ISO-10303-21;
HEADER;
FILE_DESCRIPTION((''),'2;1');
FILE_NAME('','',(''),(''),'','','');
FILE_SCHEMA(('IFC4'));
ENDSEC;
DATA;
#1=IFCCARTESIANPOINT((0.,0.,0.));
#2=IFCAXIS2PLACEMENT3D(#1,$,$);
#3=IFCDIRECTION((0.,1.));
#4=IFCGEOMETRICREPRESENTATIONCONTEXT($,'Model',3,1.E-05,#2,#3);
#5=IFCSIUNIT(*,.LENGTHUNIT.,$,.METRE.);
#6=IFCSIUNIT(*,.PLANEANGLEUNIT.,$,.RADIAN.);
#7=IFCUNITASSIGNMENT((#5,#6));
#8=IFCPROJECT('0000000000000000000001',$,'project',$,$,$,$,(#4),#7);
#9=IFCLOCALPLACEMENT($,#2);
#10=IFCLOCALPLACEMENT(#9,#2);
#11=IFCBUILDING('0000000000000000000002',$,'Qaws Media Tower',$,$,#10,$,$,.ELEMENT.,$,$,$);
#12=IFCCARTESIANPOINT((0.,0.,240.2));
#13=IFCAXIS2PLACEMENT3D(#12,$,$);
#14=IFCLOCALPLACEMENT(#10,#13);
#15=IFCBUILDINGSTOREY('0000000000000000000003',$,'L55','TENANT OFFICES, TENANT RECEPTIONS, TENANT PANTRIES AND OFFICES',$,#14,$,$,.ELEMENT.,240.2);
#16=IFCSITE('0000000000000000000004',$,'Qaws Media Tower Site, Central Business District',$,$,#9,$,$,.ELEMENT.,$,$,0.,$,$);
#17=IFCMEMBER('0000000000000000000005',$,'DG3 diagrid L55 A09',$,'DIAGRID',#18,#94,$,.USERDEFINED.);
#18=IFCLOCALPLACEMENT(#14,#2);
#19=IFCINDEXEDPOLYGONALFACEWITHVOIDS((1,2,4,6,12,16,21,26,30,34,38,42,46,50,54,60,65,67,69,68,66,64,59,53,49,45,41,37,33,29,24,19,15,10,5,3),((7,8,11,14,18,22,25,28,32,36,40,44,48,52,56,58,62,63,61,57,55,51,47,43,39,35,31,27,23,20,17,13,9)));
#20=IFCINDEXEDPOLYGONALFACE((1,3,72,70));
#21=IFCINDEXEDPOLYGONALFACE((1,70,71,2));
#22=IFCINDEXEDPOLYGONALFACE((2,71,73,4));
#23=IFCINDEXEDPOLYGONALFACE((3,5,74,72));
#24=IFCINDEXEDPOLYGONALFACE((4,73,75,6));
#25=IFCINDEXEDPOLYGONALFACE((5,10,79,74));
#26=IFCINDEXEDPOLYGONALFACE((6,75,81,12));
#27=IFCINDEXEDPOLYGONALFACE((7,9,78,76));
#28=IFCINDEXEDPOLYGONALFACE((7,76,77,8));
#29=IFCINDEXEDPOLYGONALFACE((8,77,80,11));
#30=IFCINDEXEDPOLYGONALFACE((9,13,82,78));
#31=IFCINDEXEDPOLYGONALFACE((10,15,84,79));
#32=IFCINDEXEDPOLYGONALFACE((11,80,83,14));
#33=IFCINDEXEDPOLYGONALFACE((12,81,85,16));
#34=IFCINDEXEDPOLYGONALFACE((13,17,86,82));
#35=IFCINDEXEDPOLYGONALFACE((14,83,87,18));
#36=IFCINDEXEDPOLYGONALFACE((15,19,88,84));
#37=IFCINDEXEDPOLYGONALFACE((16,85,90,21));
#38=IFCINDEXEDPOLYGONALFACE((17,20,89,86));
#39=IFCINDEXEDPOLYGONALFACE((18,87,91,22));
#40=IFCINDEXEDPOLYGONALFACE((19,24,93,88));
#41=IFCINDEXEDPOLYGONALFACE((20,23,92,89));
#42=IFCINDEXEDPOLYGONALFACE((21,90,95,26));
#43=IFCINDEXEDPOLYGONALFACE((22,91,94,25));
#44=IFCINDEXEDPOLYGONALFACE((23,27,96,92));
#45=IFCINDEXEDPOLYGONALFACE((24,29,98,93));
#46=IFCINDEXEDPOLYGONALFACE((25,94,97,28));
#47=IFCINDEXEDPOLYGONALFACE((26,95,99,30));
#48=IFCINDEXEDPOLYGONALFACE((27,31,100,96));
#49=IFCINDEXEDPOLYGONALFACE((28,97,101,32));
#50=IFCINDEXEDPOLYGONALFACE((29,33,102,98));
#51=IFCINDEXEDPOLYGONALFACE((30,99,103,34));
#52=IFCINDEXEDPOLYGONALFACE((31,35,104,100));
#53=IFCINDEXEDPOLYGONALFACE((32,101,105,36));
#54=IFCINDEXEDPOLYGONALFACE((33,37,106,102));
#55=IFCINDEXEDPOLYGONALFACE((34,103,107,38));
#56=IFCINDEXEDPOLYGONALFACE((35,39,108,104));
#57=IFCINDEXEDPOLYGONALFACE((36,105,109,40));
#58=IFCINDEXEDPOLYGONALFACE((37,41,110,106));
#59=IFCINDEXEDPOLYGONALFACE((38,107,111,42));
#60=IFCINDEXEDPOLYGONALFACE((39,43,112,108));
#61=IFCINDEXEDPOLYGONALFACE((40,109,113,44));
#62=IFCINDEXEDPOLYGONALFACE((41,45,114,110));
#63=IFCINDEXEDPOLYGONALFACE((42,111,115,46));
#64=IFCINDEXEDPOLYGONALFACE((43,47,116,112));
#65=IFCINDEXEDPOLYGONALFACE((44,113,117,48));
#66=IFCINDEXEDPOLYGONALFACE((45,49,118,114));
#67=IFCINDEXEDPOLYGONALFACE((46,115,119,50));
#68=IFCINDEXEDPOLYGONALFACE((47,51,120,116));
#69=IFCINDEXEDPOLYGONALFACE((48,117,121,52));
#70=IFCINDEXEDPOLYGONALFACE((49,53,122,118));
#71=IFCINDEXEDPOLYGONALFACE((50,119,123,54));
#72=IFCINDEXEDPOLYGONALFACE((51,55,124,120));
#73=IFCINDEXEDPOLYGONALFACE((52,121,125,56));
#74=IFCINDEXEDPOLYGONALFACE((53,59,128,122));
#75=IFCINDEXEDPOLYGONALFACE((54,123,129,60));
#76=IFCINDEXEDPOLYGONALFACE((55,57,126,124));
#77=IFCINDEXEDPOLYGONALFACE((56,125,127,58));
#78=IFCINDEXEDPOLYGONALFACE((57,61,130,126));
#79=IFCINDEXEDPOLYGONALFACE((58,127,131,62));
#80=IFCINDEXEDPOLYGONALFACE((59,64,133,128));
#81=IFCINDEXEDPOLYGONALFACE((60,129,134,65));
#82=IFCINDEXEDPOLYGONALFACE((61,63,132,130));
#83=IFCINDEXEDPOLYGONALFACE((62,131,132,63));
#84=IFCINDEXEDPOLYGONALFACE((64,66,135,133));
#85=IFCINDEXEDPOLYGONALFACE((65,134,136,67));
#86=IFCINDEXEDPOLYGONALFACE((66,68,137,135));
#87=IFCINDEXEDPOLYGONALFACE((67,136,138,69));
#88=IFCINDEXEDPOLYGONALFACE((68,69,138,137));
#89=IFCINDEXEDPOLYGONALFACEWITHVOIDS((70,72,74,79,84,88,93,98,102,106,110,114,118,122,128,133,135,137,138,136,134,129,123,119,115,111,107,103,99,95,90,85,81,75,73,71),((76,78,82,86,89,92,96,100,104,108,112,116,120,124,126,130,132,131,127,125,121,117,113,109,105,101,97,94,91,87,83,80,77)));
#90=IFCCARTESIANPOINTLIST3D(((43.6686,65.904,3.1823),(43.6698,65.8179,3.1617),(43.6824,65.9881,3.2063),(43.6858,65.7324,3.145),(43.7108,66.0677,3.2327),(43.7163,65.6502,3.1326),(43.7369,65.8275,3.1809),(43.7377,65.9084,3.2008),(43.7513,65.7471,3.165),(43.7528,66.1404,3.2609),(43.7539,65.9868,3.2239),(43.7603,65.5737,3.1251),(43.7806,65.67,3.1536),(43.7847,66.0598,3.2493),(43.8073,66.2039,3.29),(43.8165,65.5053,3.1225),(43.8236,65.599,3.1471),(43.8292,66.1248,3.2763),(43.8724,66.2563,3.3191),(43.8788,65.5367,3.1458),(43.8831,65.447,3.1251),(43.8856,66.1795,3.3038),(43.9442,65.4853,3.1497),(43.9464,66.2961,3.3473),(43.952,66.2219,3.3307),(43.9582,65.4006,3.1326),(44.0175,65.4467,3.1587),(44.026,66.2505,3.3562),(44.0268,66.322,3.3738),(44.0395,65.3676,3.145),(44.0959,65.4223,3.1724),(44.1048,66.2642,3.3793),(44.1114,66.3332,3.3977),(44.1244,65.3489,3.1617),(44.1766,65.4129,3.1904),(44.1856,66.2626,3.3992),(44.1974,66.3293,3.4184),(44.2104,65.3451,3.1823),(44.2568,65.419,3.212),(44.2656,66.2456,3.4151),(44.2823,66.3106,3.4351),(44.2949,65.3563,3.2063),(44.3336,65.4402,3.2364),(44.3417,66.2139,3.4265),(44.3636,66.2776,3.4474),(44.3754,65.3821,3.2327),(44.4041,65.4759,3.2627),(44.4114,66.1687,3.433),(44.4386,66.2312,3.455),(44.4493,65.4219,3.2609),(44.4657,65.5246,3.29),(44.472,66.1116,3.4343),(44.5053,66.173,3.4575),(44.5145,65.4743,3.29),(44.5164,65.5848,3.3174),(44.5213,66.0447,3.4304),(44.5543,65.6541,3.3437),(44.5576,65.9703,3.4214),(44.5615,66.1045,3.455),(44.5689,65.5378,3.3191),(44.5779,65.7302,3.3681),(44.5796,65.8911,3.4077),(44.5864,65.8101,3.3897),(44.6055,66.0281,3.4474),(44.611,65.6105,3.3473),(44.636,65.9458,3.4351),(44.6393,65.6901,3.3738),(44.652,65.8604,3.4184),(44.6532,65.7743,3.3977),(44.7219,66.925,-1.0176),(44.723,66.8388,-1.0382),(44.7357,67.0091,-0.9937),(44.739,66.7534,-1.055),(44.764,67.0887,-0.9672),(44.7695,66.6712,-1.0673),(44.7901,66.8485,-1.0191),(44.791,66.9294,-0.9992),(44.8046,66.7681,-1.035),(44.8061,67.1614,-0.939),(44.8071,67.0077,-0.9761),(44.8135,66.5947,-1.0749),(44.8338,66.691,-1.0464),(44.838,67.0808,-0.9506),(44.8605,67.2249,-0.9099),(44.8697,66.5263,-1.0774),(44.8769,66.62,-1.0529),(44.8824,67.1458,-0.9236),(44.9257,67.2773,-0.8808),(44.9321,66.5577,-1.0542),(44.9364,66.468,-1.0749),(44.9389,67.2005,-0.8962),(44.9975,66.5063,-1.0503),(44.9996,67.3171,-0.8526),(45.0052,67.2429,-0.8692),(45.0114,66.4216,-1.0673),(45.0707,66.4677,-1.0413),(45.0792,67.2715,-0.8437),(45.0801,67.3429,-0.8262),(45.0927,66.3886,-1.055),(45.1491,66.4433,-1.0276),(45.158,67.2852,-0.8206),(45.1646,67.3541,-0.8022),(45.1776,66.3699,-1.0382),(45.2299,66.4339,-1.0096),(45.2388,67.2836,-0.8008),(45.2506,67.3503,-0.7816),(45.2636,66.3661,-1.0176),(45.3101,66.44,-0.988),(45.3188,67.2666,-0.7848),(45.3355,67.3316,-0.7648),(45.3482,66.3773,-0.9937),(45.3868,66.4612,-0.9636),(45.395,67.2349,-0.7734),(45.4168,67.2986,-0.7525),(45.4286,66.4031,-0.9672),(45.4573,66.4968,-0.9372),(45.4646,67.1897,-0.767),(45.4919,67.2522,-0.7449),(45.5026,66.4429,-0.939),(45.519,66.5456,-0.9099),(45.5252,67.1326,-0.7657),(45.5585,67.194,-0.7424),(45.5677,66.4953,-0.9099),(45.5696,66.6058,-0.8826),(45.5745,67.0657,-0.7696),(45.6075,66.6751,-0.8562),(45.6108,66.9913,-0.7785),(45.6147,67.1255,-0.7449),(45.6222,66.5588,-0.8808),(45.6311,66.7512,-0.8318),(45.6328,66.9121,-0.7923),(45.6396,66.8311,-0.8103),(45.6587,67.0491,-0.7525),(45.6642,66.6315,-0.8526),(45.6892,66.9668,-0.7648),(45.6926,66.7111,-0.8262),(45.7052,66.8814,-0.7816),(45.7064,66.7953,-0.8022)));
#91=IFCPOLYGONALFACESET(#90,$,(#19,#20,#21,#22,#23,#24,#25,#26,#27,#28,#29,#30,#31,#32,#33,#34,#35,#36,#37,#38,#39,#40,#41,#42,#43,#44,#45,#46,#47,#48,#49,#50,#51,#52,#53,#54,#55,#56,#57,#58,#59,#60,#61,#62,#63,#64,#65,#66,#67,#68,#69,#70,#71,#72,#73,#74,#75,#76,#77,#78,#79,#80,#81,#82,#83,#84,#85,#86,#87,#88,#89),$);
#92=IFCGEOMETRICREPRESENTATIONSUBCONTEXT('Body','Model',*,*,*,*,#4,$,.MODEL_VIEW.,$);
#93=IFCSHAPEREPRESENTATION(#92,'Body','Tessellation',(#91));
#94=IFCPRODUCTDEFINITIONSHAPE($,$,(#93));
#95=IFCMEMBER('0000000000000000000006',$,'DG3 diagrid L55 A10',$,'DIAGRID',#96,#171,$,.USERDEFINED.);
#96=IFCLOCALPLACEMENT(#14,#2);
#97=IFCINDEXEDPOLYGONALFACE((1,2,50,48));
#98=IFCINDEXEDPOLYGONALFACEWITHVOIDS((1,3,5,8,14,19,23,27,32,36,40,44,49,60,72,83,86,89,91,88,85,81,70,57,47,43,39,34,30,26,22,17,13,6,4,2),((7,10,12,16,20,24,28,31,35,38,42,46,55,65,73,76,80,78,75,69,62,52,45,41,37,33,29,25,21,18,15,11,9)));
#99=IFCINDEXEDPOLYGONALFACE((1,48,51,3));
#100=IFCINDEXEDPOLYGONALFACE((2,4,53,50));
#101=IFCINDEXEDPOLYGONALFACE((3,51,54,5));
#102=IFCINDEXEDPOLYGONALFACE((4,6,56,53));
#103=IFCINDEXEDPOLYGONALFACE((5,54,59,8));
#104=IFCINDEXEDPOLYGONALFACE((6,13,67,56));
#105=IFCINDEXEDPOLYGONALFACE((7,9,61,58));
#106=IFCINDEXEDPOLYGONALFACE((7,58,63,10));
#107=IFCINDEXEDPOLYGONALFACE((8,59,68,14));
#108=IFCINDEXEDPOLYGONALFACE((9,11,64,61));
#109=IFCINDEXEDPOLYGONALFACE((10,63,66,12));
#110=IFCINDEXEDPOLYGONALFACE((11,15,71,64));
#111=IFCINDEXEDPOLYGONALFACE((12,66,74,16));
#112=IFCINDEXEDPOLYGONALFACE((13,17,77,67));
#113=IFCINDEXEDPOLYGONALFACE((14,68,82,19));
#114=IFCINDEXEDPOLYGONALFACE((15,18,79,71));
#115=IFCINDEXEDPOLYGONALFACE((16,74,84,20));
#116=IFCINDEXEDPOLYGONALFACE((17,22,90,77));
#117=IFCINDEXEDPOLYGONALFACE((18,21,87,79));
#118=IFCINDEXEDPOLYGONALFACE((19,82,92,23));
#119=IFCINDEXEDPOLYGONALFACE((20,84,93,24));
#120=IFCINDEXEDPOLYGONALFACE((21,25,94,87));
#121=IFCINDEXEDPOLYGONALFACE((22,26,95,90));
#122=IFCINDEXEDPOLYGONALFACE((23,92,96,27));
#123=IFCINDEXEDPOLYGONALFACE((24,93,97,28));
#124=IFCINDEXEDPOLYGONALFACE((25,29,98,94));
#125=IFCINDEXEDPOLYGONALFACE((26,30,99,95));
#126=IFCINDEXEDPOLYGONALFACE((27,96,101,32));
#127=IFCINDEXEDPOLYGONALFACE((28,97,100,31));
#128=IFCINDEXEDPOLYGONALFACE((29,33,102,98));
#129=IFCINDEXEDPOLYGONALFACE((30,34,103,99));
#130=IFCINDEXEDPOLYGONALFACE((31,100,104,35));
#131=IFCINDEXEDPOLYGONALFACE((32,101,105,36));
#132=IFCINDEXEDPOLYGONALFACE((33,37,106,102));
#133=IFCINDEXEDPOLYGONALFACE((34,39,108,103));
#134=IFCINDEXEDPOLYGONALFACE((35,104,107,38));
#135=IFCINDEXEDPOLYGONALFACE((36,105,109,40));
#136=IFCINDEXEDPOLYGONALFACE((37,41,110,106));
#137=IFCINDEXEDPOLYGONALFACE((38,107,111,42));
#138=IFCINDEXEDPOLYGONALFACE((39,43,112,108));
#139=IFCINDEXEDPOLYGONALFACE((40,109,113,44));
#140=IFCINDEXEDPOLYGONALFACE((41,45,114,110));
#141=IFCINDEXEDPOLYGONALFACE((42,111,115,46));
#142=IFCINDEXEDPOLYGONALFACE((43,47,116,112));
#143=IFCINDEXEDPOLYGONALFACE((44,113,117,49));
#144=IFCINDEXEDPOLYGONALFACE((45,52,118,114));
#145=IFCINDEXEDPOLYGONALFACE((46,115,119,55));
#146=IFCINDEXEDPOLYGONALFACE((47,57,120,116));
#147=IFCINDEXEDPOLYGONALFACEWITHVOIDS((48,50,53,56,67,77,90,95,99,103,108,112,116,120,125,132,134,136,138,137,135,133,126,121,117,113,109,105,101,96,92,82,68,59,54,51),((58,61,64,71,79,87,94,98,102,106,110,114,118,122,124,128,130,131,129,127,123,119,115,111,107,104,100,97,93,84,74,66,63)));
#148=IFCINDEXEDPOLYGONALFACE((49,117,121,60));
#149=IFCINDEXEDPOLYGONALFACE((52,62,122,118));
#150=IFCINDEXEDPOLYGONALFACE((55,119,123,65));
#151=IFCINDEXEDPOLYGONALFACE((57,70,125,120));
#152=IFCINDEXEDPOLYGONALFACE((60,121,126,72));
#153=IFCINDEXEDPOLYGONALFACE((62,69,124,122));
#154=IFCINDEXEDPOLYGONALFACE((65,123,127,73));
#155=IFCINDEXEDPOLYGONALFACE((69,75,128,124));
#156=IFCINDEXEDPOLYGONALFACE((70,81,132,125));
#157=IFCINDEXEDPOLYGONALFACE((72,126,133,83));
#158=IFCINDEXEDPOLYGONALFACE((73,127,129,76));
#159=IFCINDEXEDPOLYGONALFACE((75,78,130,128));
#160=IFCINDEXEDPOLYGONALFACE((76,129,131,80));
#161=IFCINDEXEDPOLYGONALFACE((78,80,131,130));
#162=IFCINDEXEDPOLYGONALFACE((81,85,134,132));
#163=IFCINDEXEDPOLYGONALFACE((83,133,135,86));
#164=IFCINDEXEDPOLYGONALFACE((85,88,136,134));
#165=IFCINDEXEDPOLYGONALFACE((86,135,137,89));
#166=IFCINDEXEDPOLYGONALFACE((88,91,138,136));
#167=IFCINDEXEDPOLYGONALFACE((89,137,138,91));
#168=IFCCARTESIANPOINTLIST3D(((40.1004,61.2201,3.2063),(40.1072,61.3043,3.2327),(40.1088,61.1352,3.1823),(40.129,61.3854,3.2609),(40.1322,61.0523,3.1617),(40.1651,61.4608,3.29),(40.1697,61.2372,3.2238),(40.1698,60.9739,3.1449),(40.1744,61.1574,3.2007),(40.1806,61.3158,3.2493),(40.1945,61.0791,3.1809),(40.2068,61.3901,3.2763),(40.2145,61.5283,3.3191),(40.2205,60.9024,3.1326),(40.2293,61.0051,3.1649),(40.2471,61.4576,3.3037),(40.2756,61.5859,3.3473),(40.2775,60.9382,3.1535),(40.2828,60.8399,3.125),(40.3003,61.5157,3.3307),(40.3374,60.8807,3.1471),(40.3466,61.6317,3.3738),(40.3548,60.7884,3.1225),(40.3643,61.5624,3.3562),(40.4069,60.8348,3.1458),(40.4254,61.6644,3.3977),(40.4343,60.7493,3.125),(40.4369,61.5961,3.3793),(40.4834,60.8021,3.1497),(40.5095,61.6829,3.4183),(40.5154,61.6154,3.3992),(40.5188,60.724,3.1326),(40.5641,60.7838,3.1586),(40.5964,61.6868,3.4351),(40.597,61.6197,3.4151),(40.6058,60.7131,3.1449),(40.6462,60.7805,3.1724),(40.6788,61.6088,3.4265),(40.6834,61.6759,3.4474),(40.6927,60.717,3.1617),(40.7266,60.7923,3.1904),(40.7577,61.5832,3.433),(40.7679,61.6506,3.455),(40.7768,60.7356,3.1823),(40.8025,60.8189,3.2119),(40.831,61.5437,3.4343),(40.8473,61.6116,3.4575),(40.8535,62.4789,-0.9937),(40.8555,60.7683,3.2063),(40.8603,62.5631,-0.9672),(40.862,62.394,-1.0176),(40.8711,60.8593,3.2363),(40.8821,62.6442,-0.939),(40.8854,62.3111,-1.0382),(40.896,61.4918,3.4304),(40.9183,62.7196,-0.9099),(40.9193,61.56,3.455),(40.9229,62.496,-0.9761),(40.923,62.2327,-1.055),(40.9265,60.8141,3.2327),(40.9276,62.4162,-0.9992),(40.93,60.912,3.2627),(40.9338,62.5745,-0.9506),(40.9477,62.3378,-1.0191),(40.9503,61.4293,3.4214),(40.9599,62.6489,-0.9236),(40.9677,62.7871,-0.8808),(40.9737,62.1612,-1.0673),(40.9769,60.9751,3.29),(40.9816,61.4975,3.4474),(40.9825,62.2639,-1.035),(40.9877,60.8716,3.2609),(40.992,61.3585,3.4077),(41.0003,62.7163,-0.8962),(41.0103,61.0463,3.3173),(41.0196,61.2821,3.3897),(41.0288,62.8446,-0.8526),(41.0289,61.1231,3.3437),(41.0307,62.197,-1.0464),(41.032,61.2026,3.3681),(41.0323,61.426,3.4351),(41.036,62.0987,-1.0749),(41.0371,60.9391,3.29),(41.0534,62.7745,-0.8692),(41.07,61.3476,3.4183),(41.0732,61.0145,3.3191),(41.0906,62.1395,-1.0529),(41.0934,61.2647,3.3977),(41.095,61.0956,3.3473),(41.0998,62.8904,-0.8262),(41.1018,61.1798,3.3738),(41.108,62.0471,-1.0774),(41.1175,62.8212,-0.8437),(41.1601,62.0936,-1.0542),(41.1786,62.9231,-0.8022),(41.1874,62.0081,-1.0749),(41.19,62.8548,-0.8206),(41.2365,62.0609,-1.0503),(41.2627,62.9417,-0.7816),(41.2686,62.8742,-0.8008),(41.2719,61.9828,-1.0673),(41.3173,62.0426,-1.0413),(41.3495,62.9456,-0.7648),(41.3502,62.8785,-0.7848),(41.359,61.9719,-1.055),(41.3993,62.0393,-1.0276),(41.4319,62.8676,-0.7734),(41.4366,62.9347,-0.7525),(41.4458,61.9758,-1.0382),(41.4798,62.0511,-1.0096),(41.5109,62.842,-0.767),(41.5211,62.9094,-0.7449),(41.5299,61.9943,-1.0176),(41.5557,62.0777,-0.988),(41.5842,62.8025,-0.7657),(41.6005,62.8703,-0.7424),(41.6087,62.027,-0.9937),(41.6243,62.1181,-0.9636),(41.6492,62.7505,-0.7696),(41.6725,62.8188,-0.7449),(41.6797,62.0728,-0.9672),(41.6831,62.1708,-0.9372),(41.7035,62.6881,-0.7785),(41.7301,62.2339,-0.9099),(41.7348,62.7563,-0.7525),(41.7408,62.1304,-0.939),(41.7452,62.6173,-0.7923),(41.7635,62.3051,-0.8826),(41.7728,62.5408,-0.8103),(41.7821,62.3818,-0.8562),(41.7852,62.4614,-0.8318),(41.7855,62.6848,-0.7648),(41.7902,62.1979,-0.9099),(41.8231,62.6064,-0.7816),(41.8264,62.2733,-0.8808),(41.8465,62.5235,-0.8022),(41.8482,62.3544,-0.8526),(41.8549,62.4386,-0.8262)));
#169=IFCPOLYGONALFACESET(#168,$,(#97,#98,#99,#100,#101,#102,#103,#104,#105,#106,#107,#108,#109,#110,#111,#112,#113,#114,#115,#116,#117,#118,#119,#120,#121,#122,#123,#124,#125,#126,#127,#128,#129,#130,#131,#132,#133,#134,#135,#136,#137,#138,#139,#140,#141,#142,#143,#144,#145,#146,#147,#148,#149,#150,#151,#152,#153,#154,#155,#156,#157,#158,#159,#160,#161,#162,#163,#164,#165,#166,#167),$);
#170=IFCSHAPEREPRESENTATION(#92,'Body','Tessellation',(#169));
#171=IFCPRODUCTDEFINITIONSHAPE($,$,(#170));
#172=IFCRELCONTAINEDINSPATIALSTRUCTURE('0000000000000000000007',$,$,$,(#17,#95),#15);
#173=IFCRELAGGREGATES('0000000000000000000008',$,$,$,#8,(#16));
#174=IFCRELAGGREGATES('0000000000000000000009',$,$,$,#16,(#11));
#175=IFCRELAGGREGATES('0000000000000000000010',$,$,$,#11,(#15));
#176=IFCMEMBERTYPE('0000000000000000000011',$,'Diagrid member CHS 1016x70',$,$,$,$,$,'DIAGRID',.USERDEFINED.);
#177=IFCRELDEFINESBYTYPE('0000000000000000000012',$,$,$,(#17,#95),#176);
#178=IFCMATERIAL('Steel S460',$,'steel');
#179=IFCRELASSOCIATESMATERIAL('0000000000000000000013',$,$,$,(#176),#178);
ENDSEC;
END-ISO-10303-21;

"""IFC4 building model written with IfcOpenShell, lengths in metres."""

from ifc_helpers import new_model, si_unit, direction, frame, origin, origin_2d, place, context, subcontext, project, spatial, hollow_circle, extrude, material, material_profile, profile_set, type_object, element, save


model = new_model("IFC4")

# Units and contexts
model_context = context("Model", 3, precision=1e-05, world=origin(), true_north=direction((0.0, 1.0)))
body_context = subcontext(model_context, "Body", "Model", "MODEL_VIEW")
ifc_project = project(units=[si_unit("LENGTHUNIT", "METRE"), si_unit("PLANEANGLEUNIT", "RADIAN")], contexts=[model_context])

# Site, building, storey
site_placement = place(None, origin())
site = spatial("IfcSite", under=ifc_project, at=site_placement, Name="Qaws Media Tower Site, Central Business District", CompositionType="ELEMENT", RefElevation=0.0)
building_placement = place(site_placement, origin())
building = spatial("IfcBuilding", under=site, at=building_placement, Name="Qaws Media Tower", CompositionType="ELEMENT")
storey_placement = place(building_placement, frame((0.0, 0.0, 240.2)))
storey = spatial("IfcBuildingStorey", under=building, at=storey_placement, Name="L55", Description="TENANT OFFICES, TENANT RECEPTIONS, TENANT PANTRIES AND OFFICES", CompositionType="ELEMENT", Elevation=240.2)

# Members
ifc_material_1 = material(Name="Steel S460", Category="steel")
ifc_material_profile_1 = material_profile(ifc_material_1, hollow_circle(Radius=0.5081, WallThickness=0.0701, at=origin_2d()), Name="CHS 1016x70")
ifc_profile_set_1 = profile_set([ifc_material_profile_1], Name="Steel S460")
member_type_1 = type_object("IfcMemberType", Name="Diagrid member CHS 1016x70", ElementType="DIAGRID", PredefinedType="USERDEFINED", material=ifc_profile_set_1)
for number, where, z_axis, x_axis, name in (
    (1, (45.2141, 66.8601, -0.9099), (-0.236746, -0.229502, 0.944076), (0.696037, -0.718006, 0.0), "DG3 diagrid L55 A09"),
    (2, (41.3542, 62.4587, -0.9099), (-0.1693, -0.282953, 0.944074), (0.858124, -0.513443, 0.0), "DG3 diagrid L55 A10"),
):
    element("IfcMember", number, at=place(storey_placement, frame(where, z_axis=z_axis, x_axis=x_axis)), inside=storey, type_object=member_type_1, Name=name, ObjectType="DIAGRID", PredefinedType="USERDEFINED", context=body_context, shape_type="SweptSolid", body=[
        extrude(hollow_circle(Radius=0.5081, WallThickness=0.0701, at=origin_2d()), origin(), (0.0, 0.0, 1.0), 4.4487),
    ])

save(model, "model.ifc")
